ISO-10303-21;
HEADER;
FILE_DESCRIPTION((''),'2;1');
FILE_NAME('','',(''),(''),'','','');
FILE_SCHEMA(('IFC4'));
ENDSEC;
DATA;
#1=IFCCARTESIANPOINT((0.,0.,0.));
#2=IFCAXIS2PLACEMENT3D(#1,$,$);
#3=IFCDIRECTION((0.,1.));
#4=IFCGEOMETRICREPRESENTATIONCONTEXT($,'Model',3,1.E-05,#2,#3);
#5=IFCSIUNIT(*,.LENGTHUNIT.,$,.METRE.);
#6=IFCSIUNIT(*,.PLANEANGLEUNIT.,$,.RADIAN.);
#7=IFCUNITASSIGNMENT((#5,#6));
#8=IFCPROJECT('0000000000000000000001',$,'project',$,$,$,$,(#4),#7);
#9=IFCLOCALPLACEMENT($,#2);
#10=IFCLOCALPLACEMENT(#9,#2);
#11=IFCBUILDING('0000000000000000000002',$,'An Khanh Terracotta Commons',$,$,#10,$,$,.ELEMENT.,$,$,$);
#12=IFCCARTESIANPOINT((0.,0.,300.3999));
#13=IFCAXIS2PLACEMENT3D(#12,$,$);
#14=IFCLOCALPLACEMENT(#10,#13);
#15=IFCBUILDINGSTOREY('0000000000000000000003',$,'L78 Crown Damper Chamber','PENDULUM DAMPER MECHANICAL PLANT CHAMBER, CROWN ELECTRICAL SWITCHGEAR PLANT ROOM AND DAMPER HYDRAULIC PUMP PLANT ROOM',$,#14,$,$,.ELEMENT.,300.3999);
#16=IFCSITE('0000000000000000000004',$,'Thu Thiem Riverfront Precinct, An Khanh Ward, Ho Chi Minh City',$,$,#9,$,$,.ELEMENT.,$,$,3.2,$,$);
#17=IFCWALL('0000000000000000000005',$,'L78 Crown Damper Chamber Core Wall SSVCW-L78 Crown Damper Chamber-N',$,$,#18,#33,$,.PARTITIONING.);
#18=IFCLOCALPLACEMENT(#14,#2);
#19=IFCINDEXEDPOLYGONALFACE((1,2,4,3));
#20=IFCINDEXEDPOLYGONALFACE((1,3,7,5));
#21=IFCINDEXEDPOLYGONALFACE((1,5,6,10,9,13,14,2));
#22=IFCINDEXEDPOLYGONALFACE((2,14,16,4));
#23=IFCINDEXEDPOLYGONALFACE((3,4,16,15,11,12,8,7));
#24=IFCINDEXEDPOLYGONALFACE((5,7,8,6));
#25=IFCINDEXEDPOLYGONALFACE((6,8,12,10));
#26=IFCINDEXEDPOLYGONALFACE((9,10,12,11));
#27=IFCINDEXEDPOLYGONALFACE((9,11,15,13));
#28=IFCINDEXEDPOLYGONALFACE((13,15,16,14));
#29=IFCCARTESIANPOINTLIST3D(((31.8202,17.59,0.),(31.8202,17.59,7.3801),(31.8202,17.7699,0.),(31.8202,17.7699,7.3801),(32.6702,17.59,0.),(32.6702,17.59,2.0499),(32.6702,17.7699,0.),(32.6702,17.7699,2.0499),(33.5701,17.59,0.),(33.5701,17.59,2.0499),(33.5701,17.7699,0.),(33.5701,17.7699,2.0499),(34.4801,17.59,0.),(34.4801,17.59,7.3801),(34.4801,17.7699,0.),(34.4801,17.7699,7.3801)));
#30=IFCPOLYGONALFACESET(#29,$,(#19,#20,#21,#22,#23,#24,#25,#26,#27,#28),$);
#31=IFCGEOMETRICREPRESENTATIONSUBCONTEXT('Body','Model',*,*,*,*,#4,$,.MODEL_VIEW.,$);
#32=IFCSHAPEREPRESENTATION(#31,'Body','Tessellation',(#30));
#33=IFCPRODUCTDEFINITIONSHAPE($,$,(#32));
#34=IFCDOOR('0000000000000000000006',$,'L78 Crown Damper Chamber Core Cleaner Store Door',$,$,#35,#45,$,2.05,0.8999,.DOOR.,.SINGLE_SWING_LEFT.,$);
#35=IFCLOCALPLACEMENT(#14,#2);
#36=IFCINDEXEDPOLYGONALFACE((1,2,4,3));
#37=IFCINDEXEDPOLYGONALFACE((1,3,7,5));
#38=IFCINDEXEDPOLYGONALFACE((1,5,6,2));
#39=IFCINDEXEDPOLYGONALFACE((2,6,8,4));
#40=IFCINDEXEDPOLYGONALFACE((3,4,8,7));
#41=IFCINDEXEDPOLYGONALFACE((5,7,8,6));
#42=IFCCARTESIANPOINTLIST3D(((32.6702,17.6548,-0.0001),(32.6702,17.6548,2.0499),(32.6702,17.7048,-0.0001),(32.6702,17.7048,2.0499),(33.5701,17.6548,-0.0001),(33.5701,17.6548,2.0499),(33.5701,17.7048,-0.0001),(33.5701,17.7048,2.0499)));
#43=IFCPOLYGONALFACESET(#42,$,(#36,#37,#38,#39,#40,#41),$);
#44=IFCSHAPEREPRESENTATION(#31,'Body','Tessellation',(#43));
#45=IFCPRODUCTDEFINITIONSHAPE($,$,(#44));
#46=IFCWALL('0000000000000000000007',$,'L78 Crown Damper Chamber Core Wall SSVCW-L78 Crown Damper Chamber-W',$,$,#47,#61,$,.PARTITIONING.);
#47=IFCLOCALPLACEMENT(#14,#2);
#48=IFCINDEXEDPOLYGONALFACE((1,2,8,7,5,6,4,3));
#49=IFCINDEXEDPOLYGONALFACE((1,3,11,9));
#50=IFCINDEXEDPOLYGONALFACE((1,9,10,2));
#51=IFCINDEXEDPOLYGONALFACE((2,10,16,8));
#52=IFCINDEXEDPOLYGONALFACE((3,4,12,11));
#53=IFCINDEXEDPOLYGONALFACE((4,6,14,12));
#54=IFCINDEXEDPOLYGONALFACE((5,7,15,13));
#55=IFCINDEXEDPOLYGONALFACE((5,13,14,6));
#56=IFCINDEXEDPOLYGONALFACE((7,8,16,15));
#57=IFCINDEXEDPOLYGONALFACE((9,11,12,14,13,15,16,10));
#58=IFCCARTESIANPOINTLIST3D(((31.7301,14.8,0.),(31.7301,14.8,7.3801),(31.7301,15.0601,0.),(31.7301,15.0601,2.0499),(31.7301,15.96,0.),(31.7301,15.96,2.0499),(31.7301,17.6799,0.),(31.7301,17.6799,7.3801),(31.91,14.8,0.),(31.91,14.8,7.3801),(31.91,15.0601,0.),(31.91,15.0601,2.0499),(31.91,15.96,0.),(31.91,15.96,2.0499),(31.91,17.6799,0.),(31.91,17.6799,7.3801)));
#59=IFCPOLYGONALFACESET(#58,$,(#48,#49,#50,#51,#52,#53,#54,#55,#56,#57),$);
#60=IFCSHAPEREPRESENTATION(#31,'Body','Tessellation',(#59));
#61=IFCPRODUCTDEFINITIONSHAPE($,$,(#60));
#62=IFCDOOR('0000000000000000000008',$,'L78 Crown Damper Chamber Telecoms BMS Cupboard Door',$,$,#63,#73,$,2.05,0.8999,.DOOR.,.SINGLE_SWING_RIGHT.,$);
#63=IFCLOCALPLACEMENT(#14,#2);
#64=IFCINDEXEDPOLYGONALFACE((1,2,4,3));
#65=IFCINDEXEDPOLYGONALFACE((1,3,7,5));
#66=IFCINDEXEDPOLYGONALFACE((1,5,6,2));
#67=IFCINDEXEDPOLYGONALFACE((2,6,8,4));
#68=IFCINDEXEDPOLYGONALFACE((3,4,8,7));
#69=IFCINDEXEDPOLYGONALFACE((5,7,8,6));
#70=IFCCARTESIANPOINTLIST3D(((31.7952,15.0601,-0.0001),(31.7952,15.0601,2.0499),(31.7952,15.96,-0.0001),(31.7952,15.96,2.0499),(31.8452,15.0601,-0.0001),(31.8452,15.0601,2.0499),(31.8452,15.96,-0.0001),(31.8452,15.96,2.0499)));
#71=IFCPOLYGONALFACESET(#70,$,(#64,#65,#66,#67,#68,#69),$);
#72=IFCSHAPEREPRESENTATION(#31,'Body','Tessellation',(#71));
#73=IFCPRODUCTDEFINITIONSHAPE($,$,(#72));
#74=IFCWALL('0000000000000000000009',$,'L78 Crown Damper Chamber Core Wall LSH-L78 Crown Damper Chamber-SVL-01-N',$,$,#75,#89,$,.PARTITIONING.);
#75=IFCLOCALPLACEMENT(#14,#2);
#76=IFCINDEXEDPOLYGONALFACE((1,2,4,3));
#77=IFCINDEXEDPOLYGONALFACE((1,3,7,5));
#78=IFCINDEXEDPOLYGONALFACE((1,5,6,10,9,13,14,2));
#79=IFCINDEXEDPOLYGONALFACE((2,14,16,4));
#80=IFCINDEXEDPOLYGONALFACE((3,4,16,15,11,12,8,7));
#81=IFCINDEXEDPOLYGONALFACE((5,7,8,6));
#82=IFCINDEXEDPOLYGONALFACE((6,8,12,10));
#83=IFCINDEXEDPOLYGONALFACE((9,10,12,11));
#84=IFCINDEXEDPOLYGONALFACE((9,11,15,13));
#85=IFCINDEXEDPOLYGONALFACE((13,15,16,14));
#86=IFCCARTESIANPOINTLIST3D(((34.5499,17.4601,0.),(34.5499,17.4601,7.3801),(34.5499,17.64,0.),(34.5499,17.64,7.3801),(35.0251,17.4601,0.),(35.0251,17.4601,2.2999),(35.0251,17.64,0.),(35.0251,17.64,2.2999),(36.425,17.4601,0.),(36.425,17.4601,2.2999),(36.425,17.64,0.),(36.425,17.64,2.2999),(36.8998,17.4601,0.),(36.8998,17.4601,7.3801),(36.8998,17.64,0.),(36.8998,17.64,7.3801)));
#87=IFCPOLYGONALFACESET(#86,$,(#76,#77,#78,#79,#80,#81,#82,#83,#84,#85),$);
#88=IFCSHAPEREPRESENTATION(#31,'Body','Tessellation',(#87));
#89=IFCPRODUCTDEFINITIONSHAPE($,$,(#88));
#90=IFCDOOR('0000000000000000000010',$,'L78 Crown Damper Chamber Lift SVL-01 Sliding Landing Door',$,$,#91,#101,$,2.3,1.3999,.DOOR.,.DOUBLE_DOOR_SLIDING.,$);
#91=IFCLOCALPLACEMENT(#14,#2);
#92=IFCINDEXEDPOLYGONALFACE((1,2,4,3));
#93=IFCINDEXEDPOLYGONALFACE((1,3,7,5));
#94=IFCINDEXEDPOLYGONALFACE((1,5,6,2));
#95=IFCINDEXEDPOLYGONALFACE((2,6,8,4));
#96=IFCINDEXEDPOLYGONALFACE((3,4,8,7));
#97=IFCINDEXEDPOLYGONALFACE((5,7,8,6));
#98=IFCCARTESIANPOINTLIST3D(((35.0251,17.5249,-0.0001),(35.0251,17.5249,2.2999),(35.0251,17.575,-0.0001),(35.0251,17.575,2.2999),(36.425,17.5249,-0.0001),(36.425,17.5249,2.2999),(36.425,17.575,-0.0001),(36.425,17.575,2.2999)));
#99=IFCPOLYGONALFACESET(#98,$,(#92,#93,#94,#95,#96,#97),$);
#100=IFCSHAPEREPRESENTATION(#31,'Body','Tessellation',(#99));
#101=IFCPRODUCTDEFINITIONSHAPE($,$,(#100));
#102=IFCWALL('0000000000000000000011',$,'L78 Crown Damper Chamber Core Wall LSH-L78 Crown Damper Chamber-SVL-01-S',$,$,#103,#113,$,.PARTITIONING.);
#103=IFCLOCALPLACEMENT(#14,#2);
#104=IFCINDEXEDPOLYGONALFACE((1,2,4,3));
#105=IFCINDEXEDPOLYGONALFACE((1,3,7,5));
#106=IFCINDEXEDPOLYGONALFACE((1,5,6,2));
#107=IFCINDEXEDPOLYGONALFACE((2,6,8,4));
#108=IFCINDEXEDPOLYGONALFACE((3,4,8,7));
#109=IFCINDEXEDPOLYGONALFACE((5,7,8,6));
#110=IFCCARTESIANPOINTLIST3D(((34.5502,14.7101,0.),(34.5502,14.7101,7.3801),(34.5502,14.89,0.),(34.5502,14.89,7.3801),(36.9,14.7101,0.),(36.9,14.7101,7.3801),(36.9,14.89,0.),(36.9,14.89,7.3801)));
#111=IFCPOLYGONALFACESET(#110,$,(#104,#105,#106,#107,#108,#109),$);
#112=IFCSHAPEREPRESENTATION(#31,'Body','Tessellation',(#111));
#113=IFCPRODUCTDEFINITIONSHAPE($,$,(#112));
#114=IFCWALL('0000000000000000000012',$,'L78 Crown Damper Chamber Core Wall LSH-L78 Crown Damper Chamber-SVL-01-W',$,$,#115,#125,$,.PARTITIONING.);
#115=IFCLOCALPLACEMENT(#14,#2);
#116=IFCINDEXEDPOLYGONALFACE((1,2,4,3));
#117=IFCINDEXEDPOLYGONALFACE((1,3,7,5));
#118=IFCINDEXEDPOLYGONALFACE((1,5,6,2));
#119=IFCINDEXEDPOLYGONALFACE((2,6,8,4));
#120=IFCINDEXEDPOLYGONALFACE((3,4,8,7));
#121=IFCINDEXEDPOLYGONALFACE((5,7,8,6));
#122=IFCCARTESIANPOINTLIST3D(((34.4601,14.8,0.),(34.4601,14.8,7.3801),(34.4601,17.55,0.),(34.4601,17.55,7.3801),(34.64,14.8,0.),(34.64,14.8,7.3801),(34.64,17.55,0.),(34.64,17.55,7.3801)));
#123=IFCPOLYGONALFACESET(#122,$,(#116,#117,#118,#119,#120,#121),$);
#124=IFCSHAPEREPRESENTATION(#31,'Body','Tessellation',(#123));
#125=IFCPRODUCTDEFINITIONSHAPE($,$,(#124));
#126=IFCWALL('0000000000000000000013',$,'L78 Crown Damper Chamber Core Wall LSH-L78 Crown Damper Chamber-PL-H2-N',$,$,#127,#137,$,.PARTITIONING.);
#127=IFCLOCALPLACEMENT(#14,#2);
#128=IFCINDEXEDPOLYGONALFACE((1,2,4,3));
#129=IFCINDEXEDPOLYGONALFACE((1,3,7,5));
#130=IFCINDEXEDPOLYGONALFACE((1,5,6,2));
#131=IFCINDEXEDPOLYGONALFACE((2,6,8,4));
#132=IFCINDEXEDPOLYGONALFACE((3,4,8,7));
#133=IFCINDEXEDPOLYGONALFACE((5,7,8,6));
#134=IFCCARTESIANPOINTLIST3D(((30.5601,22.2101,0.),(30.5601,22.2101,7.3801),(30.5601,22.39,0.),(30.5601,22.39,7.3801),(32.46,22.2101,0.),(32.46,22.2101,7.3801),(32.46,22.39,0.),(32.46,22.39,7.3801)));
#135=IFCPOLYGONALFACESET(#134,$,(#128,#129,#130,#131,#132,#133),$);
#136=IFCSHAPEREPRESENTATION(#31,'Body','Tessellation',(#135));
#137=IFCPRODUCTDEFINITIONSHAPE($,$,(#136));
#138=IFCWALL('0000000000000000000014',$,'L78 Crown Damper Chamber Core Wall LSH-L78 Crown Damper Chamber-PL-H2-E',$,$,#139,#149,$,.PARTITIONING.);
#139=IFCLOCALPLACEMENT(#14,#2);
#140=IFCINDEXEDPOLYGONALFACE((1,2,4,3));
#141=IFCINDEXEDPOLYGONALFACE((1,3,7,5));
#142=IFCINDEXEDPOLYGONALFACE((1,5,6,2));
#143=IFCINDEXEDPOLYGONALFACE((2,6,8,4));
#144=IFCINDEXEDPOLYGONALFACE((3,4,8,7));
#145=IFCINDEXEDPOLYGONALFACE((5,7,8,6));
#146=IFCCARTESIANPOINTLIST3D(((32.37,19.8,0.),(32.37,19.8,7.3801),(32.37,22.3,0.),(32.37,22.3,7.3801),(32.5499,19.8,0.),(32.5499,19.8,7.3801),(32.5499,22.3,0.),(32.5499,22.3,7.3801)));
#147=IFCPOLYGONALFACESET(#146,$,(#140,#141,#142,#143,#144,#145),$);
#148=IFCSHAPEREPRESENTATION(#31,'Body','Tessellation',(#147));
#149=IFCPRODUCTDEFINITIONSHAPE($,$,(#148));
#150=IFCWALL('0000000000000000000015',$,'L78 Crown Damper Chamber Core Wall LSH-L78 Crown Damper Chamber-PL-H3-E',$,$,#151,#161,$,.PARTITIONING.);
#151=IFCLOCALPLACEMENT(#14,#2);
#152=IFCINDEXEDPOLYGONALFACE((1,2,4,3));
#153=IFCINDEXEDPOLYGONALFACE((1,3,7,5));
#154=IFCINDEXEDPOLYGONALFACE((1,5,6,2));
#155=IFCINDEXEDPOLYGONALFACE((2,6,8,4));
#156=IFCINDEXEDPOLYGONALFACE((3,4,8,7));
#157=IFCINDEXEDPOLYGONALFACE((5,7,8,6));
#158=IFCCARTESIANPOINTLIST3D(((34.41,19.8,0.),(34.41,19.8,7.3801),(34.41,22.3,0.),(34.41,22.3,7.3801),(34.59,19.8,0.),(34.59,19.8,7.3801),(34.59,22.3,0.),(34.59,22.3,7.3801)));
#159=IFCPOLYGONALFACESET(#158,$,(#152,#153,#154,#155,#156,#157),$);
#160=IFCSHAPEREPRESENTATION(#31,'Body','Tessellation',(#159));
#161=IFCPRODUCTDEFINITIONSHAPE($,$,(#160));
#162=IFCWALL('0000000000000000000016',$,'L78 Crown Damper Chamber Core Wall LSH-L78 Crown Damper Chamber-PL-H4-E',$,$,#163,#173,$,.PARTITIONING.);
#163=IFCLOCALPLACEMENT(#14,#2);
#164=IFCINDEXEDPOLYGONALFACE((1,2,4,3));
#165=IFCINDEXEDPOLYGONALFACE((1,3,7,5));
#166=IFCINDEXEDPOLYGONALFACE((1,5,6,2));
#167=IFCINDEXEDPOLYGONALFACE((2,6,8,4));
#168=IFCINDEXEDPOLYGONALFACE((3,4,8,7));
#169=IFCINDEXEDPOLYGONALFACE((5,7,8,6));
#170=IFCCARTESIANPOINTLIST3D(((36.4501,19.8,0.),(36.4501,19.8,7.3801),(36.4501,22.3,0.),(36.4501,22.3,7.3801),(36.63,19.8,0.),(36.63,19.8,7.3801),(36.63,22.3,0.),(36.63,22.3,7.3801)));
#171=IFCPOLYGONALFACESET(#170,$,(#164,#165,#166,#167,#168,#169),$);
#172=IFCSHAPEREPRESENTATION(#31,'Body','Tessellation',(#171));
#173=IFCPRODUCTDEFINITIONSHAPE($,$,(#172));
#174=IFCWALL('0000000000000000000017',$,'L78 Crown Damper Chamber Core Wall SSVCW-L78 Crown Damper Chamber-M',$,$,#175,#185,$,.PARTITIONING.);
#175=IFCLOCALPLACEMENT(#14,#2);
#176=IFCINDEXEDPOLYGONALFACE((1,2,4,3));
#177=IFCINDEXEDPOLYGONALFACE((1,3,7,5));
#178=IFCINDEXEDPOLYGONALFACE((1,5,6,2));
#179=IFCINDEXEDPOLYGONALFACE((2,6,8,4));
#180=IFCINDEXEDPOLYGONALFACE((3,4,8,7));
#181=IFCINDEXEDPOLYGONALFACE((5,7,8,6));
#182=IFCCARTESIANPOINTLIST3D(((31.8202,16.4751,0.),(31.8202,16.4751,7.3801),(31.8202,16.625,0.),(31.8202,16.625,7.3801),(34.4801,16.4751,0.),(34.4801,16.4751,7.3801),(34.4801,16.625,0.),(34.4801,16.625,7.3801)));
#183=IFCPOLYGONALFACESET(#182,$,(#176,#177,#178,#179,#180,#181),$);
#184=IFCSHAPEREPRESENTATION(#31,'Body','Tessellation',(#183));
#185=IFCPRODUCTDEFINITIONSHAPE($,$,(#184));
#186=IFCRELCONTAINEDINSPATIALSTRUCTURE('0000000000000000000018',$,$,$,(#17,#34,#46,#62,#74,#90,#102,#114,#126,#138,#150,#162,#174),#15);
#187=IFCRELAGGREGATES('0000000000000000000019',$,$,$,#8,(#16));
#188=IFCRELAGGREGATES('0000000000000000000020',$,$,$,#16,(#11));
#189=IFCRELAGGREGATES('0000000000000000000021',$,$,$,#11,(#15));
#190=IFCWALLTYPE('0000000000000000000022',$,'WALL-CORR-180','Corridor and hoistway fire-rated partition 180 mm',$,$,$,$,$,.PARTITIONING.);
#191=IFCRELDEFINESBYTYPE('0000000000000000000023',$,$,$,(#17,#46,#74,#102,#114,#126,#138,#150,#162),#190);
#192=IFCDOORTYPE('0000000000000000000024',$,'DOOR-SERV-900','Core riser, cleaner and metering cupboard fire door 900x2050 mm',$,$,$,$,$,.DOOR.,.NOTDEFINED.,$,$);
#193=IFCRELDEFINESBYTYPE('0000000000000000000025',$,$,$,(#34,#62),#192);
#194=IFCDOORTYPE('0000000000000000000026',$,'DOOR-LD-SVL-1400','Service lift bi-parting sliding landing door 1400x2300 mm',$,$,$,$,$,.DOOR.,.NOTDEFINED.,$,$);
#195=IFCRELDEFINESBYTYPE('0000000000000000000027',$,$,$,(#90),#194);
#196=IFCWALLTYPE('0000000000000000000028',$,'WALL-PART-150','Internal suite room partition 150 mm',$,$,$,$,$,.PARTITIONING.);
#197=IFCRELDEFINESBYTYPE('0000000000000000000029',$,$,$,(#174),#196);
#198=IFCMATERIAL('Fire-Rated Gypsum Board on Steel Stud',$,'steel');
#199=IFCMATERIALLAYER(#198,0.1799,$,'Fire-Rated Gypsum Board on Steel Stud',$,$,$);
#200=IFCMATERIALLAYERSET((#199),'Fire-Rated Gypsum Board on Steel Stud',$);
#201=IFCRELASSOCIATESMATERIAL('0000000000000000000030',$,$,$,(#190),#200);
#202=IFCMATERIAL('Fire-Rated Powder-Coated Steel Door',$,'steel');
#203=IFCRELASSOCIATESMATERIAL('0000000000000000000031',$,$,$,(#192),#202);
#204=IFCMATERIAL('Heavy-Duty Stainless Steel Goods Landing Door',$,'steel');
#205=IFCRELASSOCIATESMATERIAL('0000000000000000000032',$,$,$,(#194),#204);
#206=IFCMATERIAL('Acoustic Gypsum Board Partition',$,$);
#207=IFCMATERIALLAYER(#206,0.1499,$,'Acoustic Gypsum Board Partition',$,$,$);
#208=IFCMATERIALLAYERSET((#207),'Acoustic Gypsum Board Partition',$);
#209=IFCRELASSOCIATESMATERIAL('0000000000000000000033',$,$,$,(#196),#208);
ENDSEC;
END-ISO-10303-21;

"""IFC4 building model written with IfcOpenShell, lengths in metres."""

from ifc_helpers import new_model, si_unit, direction, frame, frame_2d, origin, place, context, subcontext, project, spatial, rectangle, extrude, material, layer, layer_set, type_object, element, fill, save


model = new_model("IFC4")

# Units and contexts
model_context = context("Model", 3, precision=1e-05, world=origin(), true_north=direction((0.0, 1.0)))
body_context = subcontext(model_context, "Body", "Model", "MODEL_VIEW")
ifc_project = project(units=[si_unit("LENGTHUNIT", "METRE"), si_unit("PLANEANGLEUNIT", "RADIAN")], contexts=[model_context])

# Site, building, storey
site_placement = place(None, origin())
site = spatial("IfcSite", under=ifc_project, at=site_placement, Name="Thu Thiem Riverfront Precinct, An Khanh Ward, Ho Chi Minh City", CompositionType="ELEMENT", RefElevation=3.2)
building_placement = place(site_placement, origin())
building = spatial("IfcBuilding", under=site, at=building_placement, Name="An Khanh Terracotta Commons", CompositionType="ELEMENT")
storey_placement = place(building_placement, frame((0.0, 0.0, 300.3999)))
storey = spatial("IfcBuildingStorey", under=building, at=storey_placement, Name="L78 Crown Damper Chamber", Description="PENDULUM DAMPER MECHANICAL PLANT CHAMBER, CROWN ELECTRICAL SWITCHGEAR PLANT ROOM AND DAMPER HYDRAULIC PUMP PLANT ROOM", CompositionType="ELEMENT", Elevation=300.3999)

# Walls, openings, doors
ifc_material_1 = material(Name="Fire-Rated Gypsum Board on Steel Stud", Category="steel")
ifc_layer_1 = layer(ifc_material_1, 0.1799, Name="Fire-Rated Gypsum Board on Steel Stud")
ifc_layer_set_1 = layer_set([ifc_layer_1], Name="Fire-Rated Gypsum Board on Steel Stud")
wall_type_1 = type_object("IfcWallType", Name="WALL-CORR-180", Description="Corridor and hoistway fire-rated partition 180 mm", PredefinedType="PARTITIONING", material=ifc_layer_set_1)
wall_1_placement = place(storey_placement, frame((31.8201, 17.6799, 0.0), z_axis=(0.0, 0.0, 1.0), x_axis=(1.0, 0.0, 0.0)))
wall_1 = element("IfcWall", 1, at=wall_1_placement, inside=storey, type_object=wall_type_1, Name="L78 Crown Damper Chamber Core Wall SSVCW-L78 Crown Damper Chamber-N", PredefinedType="PARTITIONING", context=body_context, shape_type="SweptSolid", body=[
    extrude(rectangle(XDim=2.6599, YDim=0.1799, at=frame_2d((1.3301, 0.0))), origin(), (0.0, 0.0, 1.0), 7.3801),
])
opening_1_placement = place(wall_1_placement, frame((0.8501, 0.0, 0.0)))
opening_1 = element("IfcOpeningElement", 2, at=opening_1_placement, cuts=wall_1, PredefinedType="OPENING", context=body_context, shape_type="SweptSolid", body=[
    extrude(rectangle(XDim=0.8999, YDim=2.05, at=frame_2d((0.45, 1.0249))), frame((0.0, 0.0999, 0.0), z_axis=(0.0, -1.0, 0.0), x_axis=(1.0, 0.0, 0.0)), (0.0, 0.0, 1.0), 0.2),
])
ifc_material_2 = material(Name="Fire-Rated Powder-Coated Steel Door", Category="steel")
door_type_1 = type_object("IfcDoorType", Name="DOOR-SERV-900", Description="Core riser, cleaner and metering cupboard fire door 900x2050 mm", OperationType="NOTDEFINED", PredefinedType="DOOR", material=ifc_material_2)
door_1_placement = place(opening_1_placement, origin())
door_1 = element("IfcDoor", 3, at=door_1_placement, inside=storey, type_object=door_type_1, Name="L78 Crown Damper Chamber Core Cleaner Store Door", OperationType="SINGLE_SWING_LEFT", OverallHeight=2.05, OverallWidth=0.8999, PredefinedType="DOOR", context=body_context, shape_type="SweptSolid", body=[
    extrude(rectangle(XDim=0.8999, YDim=2.05, at=frame_2d((0.45, 1.0249))), frame((0.0, 0.0249, 0.0), z_axis=(0.0, -1.0, 0.0), x_axis=(1.0, 0.0, 0.0)), (0.0, 0.0, 1.0), 0.05),
])
fill(opening_1, door_1)
wall_2_placement = place(storey_placement, frame((31.8201, 14.8, 0.0), z_axis=(0.0, 0.0, 1.0), x_axis=(0.0, 1.0, 0.0)))
wall_2 = element("IfcWall", 4, at=wall_2_placement, inside=storey, type_object=wall_type_1, Name="L78 Crown Damper Chamber Core Wall SSVCW-L78 Crown Damper Chamber-W", PredefinedType="PARTITIONING", context=body_context, shape_type="SweptSolid", body=[
    extrude(rectangle(XDim=2.8799, YDim=0.1799, at=frame_2d((1.4399, 0.0))), origin(), (0.0, 0.0, 1.0), 7.3801),
])
opening_2_placement = place(wall_2_placement, frame((0.26, 0.0, 0.0)))
opening_2 = element("IfcOpeningElement", 5, at=opening_2_placement, cuts=wall_2, PredefinedType="OPENING", context=body_context, shape_type="SweptSolid", body=[
    extrude(rectangle(XDim=0.8999, YDim=2.05, at=frame_2d((0.45, 1.0249))), frame((0.0, 0.0999, 0.0), z_axis=(0.0, -1.0, 0.0), x_axis=(1.0, 0.0, 0.0)), (0.0, 0.0, 1.0), 0.2),
])
door_2_placement = place(opening_2_placement, origin())
door_2 = element("IfcDoor", 6, at=door_2_placement, inside=storey, type_object=door_type_1, Name="L78 Crown Damper Chamber Telecoms BMS Cupboard Door", OperationType="SINGLE_SWING_RIGHT", OverallHeight=2.05, OverallWidth=0.8999, PredefinedType="DOOR", context=body_context, shape_type="SweptSolid", body=[
    extrude(rectangle(XDim=0.8999, YDim=2.05, at=frame_2d((0.45, 1.0249))), frame((0.0, 0.0249, 0.0), z_axis=(0.0, -1.0, 0.0), x_axis=(1.0, 0.0, 0.0)), (0.0, 0.0, 1.0), 0.05),
])
fill(opening_2, door_2)
wall_3_placement = place(storey_placement, frame((34.55, 17.55, 0.0), z_axis=(0.0, 0.0, 1.0), x_axis=(1.0, 0.0, 0.0)))
wall_3 = element("IfcWall", 7, at=wall_3_placement, inside=storey, type_object=wall_type_1, Name="L78 Crown Damper Chamber Core Wall LSH-L78 Crown Damper Chamber-SVL-01-N", PredefinedType="PARTITIONING", context=body_context, shape_type="SweptSolid", body=[
    extrude(rectangle(XDim=2.3499, YDim=0.1799, at=frame_2d((1.1748, 0.0))), origin(), (0.0, 0.0, 1.0), 7.3801),
])
opening_3_placement = place(wall_3_placement, frame((0.4751, 0.0, 0.0)))
opening_3 = element("IfcOpeningElement", 8, at=opening_3_placement, cuts=wall_3, PredefinedType="OPENING", context=body_context, shape_type="SweptSolid", body=[
    extrude(rectangle(XDim=1.3999, YDim=2.3, at=frame_2d((0.7, 1.1499))), frame((0.0, 0.0999, 0.0), z_axis=(0.0, -1.0, 0.0), x_axis=(1.0, 0.0, 0.0)), (0.0, 0.0, 1.0), 0.2),
])
ifc_material_3 = material(Name="Heavy-Duty Stainless Steel Goods Landing Door", Category="steel")
door_type_2 = type_object("IfcDoorType", Name="DOOR-LD-SVL-1400", Description="Service lift bi-parting sliding landing door 1400x2300 mm", OperationType="NOTDEFINED", PredefinedType="DOOR", material=ifc_material_3)
door_3_placement = place(opening_3_placement, origin())
door_3 = element("IfcDoor", 9, at=door_3_placement, inside=storey, type_object=door_type_2, Name="L78 Crown Damper Chamber Lift SVL-01 Sliding Landing Door", OperationType="DOUBLE_DOOR_SLIDING", OverallHeight=2.3, OverallWidth=1.3999, PredefinedType="DOOR", context=body_context, shape_type="SweptSolid", body=[
    extrude(rectangle(XDim=1.3999, YDim=2.3, at=frame_2d((0.7, 1.1499))), frame((0.0, 0.0249, 0.0), z_axis=(0.0, -1.0, 0.0), x_axis=(1.0, 0.0, 0.0)), (0.0, 0.0, 1.0), 0.05),
])
fill(opening_3, door_3)

# Walls
wall_4_placement = place(storey_placement, frame((36.8999, 14.8, 0.0), z_axis=(0.0, 0.0, 1.0), x_axis=(-1.0, 0.0, 0.0)))
element("IfcWall", 10, at=wall_4_placement, inside=storey, type_object=wall_type_1, Name="L78 Crown Damper Chamber Core Wall LSH-L78 Crown Damper Chamber-SVL-01-S", PredefinedType="PARTITIONING", context=body_context, shape_type="SweptSolid", body=[
    extrude(rectangle(XDim=2.3499, YDim=0.1799, at=frame_2d((1.1748, 0.0))), origin(), (0.0, 0.0, 1.0), 7.3801),
])
wall_5_placement = place(storey_placement, frame((34.55, 17.55, 0.0), z_axis=(0.0, 0.0, 1.0), x_axis=(0.0, -1.0, 0.0)))
element("IfcWall", 11, at=wall_5_placement, inside=storey, type_object=wall_type_1, Name="L78 Crown Damper Chamber Core Wall LSH-L78 Crown Damper Chamber-SVL-01-W", PredefinedType="PARTITIONING", context=body_context, shape_type="SweptSolid", body=[
    extrude(rectangle(XDim=2.75, YDim=0.1799, at=frame_2d((1.375, 0.0))), origin(), (0.0, 0.0, 1.0), 7.3801),
])
wall_6_placement = place(storey_placement, frame((30.5601, 22.3, 0.0), z_axis=(0.0, 0.0, 1.0), x_axis=(1.0, 0.0, 0.0)))
element("IfcWall", 12, at=wall_6_placement, inside=storey, type_object=wall_type_1, Name="L78 Crown Damper Chamber Core Wall LSH-L78 Crown Damper Chamber-PL-H2-N", PredefinedType="PARTITIONING", context=body_context, shape_type="SweptSolid", body=[
    extrude(rectangle(XDim=1.8999, YDim=0.1799, at=frame_2d((0.95, 0.0))), origin(), (0.0, 0.0, 1.0), 7.3801),
])
for number, where, z_axis, x_axis, name in (
    (13, (32.46, 19.8, 0.0), (0.0, 0.0, 1.0), (0.0, 1.0, 0.0), "L78 Crown Damper Chamber Core Wall LSH-L78 Crown Damper Chamber-PL-H2-E"),
    (14, (34.5, 19.8, 0.0), (0.0, 0.0, 1.0), (0.0, 1.0, 0.0), "L78 Crown Damper Chamber Core Wall LSH-L78 Crown Damper Chamber-PL-H3-E"),
    (15, (36.54, 19.8, 0.0), (0.0, 0.0, 1.0), (0.0, 1.0, 0.0), "L78 Crown Damper Chamber Core Wall LSH-L78 Crown Damper Chamber-PL-H4-E"),
):
    element("IfcWall", number, at=place(storey_placement, frame(where, z_axis=z_axis, x_axis=x_axis)), inside=storey, type_object=wall_type_1, Name=name, PredefinedType="PARTITIONING", context=body_context, shape_type="SweptSolid", body=[
        extrude(rectangle(XDim=2.5, YDim=0.1799, at=frame_2d((1.25, 0.0))), origin(), (0.0, 0.0, 1.0), 7.3801),
    ])
ifc_material_4 = material(Name="Acoustic Gypsum Board Partition")
ifc_layer_2 = layer(ifc_material_4, 0.1499, Name="Acoustic Gypsum Board Partition")
ifc_layer_set_2 = layer_set([ifc_layer_2], Name="Acoustic Gypsum Board Partition")
wall_type_2 = type_object("IfcWallType", Name="WALL-PART-150", Description="Internal suite room partition 150 mm", PredefinedType="PARTITIONING", material=ifc_layer_set_2)
wall_7_placement = place(storey_placement, frame((31.8201, 16.55, 0.0), z_axis=(0.0, 0.0, 1.0), x_axis=(1.0, 0.0, 0.0)))
element("IfcWall", 16, at=wall_7_placement, inside=storey, type_object=wall_type_2, Name="L78 Crown Damper Chamber Core Wall SSVCW-L78 Crown Damper Chamber-M", PredefinedType="PARTITIONING", context=body_context, shape_type="SweptSolid", body=[
    extrude(rectangle(XDim=2.6599, YDim=0.1499, at=frame_2d((1.3301, 0.0))), origin(), (0.0, 0.0, 1.0), 7.3801),
])

save(model, "model.ifc")
